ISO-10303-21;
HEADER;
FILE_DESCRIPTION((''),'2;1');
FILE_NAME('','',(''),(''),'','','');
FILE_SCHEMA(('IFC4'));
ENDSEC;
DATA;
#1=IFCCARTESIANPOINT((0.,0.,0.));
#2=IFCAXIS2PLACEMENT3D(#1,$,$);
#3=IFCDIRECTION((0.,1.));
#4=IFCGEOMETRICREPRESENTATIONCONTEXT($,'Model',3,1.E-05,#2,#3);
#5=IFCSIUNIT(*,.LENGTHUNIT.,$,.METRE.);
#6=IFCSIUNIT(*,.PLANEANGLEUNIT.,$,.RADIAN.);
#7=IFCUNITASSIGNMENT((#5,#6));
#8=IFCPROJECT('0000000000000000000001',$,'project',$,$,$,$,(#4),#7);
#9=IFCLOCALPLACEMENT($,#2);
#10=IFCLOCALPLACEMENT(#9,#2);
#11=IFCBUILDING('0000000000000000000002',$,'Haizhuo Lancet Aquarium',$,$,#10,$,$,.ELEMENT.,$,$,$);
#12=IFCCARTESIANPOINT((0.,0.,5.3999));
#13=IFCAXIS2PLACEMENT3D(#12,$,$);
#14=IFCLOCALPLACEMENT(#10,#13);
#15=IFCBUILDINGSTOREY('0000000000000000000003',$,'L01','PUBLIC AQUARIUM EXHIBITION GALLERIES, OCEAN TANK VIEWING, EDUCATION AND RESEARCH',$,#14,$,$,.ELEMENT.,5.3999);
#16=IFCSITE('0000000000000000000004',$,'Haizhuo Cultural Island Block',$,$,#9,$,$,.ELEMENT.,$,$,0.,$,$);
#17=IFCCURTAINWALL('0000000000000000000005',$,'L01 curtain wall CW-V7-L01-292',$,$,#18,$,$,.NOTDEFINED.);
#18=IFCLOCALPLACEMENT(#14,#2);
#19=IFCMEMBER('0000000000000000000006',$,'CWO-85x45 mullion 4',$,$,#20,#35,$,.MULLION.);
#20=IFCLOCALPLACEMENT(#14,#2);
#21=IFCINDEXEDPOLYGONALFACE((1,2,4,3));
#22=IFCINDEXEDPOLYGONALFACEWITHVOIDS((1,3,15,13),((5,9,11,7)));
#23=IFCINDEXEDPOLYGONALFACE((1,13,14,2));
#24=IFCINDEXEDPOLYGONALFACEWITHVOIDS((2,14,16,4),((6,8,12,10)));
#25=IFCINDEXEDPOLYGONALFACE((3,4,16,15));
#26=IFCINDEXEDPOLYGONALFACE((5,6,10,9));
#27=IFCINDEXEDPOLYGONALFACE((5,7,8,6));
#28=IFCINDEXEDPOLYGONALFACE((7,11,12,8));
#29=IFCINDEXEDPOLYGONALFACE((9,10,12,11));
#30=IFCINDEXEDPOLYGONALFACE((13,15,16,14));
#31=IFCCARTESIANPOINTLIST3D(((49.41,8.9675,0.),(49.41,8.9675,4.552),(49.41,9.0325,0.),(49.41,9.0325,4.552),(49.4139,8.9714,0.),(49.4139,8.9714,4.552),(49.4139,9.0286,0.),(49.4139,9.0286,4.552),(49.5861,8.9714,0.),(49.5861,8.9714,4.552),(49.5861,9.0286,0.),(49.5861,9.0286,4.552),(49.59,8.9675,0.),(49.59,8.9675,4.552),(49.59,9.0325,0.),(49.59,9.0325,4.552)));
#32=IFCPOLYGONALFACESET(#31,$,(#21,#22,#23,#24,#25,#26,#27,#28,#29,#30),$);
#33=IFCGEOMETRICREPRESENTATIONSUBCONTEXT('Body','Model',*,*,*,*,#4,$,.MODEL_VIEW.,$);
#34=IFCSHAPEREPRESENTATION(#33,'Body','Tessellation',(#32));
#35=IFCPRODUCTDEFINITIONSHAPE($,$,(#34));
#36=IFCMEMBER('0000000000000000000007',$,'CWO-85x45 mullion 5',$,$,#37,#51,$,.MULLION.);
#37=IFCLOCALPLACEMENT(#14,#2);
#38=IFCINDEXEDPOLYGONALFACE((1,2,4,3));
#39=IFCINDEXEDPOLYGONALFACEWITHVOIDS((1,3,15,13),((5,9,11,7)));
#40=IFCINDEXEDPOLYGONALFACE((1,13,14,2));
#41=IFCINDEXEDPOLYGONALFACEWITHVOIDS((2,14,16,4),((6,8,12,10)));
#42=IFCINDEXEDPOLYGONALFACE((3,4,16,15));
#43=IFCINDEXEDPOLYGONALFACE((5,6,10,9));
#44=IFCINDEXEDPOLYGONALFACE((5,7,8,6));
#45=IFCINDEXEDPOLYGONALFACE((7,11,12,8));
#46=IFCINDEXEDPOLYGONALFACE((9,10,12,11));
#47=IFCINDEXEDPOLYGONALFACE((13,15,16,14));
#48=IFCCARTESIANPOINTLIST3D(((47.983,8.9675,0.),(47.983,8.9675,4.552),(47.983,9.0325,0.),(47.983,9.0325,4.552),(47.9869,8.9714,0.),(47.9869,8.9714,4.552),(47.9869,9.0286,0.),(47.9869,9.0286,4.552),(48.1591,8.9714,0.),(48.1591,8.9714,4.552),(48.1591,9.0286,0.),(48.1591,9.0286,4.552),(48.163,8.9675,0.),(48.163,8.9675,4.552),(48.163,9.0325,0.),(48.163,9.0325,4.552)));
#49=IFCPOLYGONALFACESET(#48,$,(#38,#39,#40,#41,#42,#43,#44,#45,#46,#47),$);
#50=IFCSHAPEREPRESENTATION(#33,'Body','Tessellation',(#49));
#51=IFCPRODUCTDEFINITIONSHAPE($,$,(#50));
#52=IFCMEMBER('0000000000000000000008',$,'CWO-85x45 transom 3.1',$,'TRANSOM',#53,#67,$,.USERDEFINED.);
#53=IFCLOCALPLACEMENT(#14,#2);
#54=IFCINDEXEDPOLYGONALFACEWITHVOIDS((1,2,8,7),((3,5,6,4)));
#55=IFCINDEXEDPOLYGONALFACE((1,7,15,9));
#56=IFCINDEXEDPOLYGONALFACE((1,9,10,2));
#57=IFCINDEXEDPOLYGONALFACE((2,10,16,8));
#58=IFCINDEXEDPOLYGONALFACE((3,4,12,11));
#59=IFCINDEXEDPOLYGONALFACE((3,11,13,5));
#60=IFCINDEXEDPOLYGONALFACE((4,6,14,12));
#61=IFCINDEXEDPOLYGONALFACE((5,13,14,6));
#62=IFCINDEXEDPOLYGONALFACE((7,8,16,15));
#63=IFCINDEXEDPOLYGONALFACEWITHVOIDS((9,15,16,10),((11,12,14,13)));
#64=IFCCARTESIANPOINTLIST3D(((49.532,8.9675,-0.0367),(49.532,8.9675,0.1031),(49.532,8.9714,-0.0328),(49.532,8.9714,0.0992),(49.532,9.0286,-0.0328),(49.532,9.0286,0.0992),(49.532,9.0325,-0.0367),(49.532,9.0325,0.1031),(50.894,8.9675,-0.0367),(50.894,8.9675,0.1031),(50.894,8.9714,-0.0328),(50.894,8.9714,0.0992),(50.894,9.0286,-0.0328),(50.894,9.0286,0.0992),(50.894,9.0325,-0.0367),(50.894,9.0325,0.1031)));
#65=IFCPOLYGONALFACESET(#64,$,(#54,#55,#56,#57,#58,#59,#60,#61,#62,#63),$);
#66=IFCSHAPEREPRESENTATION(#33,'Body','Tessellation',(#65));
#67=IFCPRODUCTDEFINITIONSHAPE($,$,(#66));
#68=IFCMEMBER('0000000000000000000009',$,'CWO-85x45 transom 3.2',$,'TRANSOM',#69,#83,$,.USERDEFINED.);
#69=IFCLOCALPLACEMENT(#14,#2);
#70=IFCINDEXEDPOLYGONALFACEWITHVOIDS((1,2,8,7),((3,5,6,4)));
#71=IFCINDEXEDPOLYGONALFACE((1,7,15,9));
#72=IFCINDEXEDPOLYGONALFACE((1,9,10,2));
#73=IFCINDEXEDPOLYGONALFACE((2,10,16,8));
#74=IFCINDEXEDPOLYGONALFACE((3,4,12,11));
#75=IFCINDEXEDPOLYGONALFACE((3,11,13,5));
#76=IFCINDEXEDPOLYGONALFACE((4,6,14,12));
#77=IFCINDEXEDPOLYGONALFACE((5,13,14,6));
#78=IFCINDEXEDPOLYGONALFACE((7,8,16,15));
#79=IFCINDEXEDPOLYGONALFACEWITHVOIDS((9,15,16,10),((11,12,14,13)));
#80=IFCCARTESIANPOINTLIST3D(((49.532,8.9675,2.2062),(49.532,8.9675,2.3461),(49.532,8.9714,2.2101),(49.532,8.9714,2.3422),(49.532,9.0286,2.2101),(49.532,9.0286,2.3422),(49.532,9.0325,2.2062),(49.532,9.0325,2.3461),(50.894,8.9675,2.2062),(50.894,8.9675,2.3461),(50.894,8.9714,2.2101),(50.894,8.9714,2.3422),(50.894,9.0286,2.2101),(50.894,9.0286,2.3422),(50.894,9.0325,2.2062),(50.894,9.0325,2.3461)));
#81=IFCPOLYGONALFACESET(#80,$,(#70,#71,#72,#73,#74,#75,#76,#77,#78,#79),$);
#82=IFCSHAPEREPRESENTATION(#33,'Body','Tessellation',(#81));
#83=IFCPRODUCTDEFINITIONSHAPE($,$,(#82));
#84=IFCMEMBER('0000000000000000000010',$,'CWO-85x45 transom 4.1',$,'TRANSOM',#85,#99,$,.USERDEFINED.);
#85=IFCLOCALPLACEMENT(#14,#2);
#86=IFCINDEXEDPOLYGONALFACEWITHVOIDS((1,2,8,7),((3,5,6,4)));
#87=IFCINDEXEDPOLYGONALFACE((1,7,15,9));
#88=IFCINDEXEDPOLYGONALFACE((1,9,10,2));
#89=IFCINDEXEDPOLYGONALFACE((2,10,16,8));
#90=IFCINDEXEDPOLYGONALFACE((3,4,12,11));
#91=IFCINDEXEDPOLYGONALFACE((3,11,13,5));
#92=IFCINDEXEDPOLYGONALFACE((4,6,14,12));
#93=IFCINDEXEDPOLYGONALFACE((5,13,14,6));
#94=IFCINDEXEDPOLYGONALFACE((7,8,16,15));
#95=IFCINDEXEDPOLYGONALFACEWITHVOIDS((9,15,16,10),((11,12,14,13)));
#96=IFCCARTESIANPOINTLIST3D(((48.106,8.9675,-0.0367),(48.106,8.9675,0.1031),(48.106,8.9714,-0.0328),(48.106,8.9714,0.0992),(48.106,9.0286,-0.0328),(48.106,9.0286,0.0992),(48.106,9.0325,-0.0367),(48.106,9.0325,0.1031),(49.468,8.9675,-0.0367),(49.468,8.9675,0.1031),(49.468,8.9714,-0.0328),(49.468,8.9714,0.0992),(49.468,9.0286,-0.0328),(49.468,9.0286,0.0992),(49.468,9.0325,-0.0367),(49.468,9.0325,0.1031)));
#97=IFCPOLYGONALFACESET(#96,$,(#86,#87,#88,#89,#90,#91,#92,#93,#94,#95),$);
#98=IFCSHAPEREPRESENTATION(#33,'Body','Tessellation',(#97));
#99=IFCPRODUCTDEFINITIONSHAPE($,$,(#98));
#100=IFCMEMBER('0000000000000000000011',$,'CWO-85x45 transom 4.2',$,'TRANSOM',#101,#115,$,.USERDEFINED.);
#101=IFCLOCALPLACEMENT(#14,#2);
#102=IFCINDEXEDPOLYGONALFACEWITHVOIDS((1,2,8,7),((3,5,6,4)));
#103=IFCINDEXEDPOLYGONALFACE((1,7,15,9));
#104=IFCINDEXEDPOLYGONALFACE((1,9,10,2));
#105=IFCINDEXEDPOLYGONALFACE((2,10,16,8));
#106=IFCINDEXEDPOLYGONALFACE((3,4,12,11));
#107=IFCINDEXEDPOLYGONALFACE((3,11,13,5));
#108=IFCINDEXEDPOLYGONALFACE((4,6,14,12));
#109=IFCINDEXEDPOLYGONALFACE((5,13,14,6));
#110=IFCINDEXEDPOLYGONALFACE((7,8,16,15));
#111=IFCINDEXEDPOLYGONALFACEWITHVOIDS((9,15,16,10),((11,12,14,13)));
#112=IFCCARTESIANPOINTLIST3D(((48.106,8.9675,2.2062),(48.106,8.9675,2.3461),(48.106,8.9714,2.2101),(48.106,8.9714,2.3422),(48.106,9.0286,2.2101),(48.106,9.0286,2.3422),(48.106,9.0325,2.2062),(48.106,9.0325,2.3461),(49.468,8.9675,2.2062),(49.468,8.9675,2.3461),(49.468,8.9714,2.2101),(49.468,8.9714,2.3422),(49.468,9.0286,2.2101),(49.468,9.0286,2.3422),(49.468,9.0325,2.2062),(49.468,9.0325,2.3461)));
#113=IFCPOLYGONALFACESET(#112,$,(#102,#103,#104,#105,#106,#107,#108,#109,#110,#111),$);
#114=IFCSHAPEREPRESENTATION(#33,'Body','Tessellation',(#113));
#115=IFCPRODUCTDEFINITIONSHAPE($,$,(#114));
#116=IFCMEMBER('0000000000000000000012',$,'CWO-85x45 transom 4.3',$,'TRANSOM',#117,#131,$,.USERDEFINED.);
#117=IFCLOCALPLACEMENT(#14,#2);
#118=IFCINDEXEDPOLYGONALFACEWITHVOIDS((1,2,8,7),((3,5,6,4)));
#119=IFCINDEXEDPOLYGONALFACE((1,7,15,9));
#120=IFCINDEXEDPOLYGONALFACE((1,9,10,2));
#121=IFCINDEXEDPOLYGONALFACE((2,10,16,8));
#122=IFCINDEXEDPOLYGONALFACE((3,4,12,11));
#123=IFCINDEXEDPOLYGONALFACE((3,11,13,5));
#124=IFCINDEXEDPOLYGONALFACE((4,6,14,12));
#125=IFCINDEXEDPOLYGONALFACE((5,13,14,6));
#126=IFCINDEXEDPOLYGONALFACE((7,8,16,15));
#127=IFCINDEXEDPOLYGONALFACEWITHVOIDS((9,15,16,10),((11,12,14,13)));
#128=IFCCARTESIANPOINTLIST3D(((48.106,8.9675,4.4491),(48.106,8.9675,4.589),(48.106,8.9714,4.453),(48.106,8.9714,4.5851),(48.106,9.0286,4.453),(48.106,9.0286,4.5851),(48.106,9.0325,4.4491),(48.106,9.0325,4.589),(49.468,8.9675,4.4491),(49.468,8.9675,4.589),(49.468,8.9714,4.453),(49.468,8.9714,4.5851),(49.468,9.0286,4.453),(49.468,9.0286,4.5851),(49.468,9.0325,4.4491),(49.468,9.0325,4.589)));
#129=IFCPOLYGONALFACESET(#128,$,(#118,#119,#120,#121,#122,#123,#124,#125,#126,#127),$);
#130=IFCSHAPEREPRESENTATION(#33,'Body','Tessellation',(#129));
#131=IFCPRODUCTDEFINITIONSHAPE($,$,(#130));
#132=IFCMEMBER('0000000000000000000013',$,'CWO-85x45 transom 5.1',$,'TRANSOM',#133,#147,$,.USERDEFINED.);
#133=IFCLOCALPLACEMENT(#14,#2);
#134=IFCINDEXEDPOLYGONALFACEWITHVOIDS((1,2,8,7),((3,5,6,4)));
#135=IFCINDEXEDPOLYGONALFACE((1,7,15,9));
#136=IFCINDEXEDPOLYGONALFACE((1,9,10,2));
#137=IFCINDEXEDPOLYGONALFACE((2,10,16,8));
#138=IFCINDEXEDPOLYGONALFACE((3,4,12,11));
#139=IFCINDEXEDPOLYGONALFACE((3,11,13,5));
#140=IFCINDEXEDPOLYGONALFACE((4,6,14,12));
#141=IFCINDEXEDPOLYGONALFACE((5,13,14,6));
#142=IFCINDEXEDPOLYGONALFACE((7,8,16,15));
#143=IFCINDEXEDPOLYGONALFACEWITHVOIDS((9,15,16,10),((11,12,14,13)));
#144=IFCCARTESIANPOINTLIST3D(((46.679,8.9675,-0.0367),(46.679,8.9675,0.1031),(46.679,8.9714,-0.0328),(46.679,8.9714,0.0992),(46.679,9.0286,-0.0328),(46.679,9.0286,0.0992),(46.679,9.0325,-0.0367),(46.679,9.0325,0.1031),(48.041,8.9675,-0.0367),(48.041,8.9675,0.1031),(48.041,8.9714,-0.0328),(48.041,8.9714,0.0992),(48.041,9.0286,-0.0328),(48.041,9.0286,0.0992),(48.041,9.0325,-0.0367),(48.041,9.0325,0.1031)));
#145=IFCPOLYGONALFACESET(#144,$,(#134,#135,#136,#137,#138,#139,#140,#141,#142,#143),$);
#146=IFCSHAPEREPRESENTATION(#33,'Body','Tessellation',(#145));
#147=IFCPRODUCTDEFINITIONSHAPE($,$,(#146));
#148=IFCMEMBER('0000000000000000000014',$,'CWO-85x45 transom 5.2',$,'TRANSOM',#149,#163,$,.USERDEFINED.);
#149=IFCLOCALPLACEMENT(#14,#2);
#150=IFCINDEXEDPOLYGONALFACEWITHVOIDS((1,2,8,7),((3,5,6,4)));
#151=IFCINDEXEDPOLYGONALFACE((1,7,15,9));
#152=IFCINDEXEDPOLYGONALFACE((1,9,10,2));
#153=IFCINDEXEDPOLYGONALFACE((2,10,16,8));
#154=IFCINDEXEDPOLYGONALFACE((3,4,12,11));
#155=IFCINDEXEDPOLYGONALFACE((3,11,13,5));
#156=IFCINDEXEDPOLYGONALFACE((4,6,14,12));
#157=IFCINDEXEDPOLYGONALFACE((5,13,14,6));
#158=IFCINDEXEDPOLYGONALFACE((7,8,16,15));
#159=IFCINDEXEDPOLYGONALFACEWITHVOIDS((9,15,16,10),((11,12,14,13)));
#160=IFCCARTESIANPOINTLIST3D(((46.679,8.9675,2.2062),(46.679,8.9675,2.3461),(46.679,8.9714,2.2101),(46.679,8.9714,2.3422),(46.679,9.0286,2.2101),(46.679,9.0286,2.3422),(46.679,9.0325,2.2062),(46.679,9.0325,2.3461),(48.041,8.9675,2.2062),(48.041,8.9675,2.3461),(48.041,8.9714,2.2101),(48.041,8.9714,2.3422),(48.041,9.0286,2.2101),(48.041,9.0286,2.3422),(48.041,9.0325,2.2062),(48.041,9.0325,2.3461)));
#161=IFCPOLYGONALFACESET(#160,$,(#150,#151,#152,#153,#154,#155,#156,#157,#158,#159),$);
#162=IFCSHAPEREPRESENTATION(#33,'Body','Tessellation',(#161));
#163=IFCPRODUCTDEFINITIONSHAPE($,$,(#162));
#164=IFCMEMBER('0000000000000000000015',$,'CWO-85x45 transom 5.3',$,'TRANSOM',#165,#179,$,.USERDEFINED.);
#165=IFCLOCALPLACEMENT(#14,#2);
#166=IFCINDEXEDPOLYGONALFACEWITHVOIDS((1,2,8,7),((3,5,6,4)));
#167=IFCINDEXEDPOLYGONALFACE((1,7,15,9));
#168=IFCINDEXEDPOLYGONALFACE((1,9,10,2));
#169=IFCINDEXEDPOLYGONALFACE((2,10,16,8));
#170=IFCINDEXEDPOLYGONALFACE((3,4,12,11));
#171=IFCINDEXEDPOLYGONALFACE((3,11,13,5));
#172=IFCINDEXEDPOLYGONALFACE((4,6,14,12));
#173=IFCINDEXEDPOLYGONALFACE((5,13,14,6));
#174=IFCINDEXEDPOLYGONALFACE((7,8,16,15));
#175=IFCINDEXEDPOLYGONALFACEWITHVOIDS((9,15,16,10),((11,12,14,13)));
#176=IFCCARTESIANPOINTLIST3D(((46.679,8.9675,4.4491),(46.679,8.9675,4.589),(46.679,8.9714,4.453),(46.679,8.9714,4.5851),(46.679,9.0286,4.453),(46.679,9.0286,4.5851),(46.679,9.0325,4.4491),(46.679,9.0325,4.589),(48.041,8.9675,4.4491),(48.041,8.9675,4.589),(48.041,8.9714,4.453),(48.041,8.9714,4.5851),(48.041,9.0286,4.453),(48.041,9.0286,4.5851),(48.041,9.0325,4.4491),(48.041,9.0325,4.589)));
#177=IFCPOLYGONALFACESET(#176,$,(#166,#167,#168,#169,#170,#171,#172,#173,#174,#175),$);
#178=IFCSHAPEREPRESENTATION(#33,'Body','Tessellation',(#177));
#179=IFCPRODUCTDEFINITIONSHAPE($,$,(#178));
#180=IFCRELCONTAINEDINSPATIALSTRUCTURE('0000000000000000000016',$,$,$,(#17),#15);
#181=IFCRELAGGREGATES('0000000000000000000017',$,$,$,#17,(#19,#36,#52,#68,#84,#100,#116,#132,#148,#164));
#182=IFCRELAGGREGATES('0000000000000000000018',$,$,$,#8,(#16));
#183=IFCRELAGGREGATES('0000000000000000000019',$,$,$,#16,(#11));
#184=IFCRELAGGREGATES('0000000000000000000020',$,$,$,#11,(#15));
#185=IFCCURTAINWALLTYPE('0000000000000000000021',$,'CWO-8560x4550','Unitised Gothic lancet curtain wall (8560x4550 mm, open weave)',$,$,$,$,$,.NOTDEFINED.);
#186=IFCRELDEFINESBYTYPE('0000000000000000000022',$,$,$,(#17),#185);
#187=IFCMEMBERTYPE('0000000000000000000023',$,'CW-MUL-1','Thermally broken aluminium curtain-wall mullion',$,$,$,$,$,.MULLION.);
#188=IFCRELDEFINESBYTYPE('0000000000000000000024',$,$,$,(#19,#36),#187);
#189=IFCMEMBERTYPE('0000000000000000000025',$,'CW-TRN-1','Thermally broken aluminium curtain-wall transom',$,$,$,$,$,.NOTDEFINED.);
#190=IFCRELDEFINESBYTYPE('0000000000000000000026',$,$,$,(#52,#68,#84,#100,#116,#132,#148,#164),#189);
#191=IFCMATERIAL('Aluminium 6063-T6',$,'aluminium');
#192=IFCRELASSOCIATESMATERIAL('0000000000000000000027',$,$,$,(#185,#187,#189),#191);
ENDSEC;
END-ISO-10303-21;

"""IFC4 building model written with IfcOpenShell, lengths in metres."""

from ifc_helpers import new_model, si_unit, direction, frame, origin, origin_2d, place, context, subcontext, project, spatial, hollow_rectangle, extrude, material, material_profile, profile_set, type_object, element, aggregate, save


model = new_model("IFC4")

# Units and contexts
model_context = context("Model", 3, precision=1e-05, world=origin(), true_north=direction((0.0, 1.0)))
body_context = subcontext(model_context, "Body", "Model", "MODEL_VIEW")
ifc_project = project(units=[si_unit("LENGTHUNIT", "METRE"), si_unit("PLANEANGLEUNIT", "RADIAN")], contexts=[model_context])

# Site, building, storey
site_placement = place(None, origin())
site = spatial("IfcSite", under=ifc_project, at=site_placement, Name="Haizhuo Cultural Island Block", CompositionType="ELEMENT", RefElevation=0.0)
building_placement = place(site_placement, origin())
building = spatial("IfcBuilding", under=site, at=building_placement, Name="Haizhuo Lancet Aquarium", CompositionType="ELEMENT")
storey_placement = place(building_placement, frame((0.0, 0.0, 5.3999)))
storey = spatial("IfcBuildingStorey", under=building, at=storey_placement, Name="L01", Description="PUBLIC AQUARIUM EXHIBITION GALLERIES, OCEAN TANK VIEWING, EDUCATION AND RESEARCH", CompositionType="ELEMENT", Elevation=5.3999)

# Curtain wall, members
ifc_material_1 = material(Name="Aluminium 6063-T6", Category="aluminium")
curtain_wall_type = type_object("IfcCurtainWallType", Name="CWO-8560x4550", Description="Unitised Gothic lancet curtain wall (8560x4550 mm, open weave)", PredefinedType="NOTDEFINED", material=ifc_material_1)
curtain_wall_placement = place(storey_placement, origin())
curtain_wall = element("IfcCurtainWall", 1, at=curtain_wall_placement, inside=storey, type_object=curtain_wall_type, Name="L01 curtain wall CW-V7-L01-292", PredefinedType="NOTDEFINED")
ifc_material_profile_1 = material_profile(ifc_material_1, hollow_rectangle(XDim=0.0649, YDim=0.1799, WallThickness=0.0039, at=origin_2d()), Name="ALU-M 65x180x4")
ifc_profile_set_1 = profile_set([ifc_material_profile_1], Name="Aluminium 6063-T6")
member_type_1 = type_object("IfcMemberType", Name="CW-MUL-1", Description="Thermally broken aluminium curtain-wall mullion", PredefinedType="MULLION", material=ifc_profile_set_1)
member_1_placement = place(storey_placement, frame((49.5, 9.0, 0.0), z_axis=(0.0, 0.0, 1.0), x_axis=(0.0, -1.0, 0.0)))
member_1 = element("IfcMember", 2, at=member_1_placement, type_object=member_type_1, Name="CWO-85x45 mullion 4", PredefinedType="MULLION", context=body_context, shape_type="SweptSolid", body=[
    extrude(hollow_rectangle(XDim=0.0649, YDim=0.1799, WallThickness=0.0039, at=origin_2d()), origin(), (0.0, 0.0, 1.0), 4.552),
])
member_2_placement = place(storey_placement, frame((48.073, 9.0, 0.0), z_axis=(0.0, 0.0, 1.0), x_axis=(0.0, -1.0, 0.0)))
member_2 = element("IfcMember", 3, at=member_2_placement, type_object=member_type_1, Name="CWO-85x45 mullion 5", PredefinedType="MULLION", context=body_context, shape_type="SweptSolid", body=[
    extrude(hollow_rectangle(XDim=0.0649, YDim=0.1799, WallThickness=0.0039, at=origin_2d()), origin(), (0.0, 0.0, 1.0), 4.552),
])
ifc_material_profile_2 = material_profile(ifc_material_1, hollow_rectangle(XDim=0.0649, YDim=0.1399, WallThickness=0.0039, at=origin_2d()), Name="ALU-T 65x140x4")
ifc_profile_set_2 = profile_set([ifc_material_profile_2], Name="Aluminium 6063-T6")
member_type_2 = type_object("IfcMemberType", Name="CW-TRN-1", Description="Thermally broken aluminium curtain-wall transom", PredefinedType="NOTDEFINED", material=ifc_profile_set_2)
member_3_placement = place(storey_placement, frame((50.894, 9.0, 0.0332), z_axis=(-1.0, 0.0, 0.0), x_axis=(0.0, -1.0, 0.0)))
member_3 = element("IfcMember", 4, at=member_3_placement, type_object=member_type_2, Name="CWO-85x45 transom 3.1", ObjectType="TRANSOM", PredefinedType="USERDEFINED", context=body_context, shape_type="SweptSolid", body=[
    extrude(hollow_rectangle(XDim=0.0649, YDim=0.1399, WallThickness=0.0039, at=origin_2d()), origin(), (0.0, 0.0, 1.0), 1.3621),
])
member_4_placement = place(storey_placement, frame((50.894, 9.0, 2.2761), z_axis=(-1.0, 0.0, 0.0), x_axis=(0.0, -1.0, 0.0)))
member_4 = element("IfcMember", 5, at=member_4_placement, type_object=member_type_2, Name="CWO-85x45 transom 3.2", ObjectType="TRANSOM", PredefinedType="USERDEFINED", context=body_context, shape_type="SweptSolid", body=[
    extrude(hollow_rectangle(XDim=0.0649, YDim=0.1399, WallThickness=0.0039, at=origin_2d()), origin(), (0.0, 0.0, 1.0), 1.3621),
])
member_5_placement = place(storey_placement, frame((49.468, 9.0, 0.0332), z_axis=(-1.0, 0.0, 0.0), x_axis=(0.0, -1.0, 0.0)))
member_5 = element("IfcMember", 6, at=member_5_placement, type_object=member_type_2, Name="CWO-85x45 transom 4.1", ObjectType="TRANSOM", PredefinedType="USERDEFINED", context=body_context, shape_type="SweptSolid", body=[
    extrude(hollow_rectangle(XDim=0.0649, YDim=0.1399, WallThickness=0.0039, at=origin_2d()), origin(), (0.0, 0.0, 1.0), 1.3621),
])
member_6_placement = place(storey_placement, frame((49.468, 9.0, 2.2761), z_axis=(-1.0, 0.0, 0.0), x_axis=(0.0, -1.0, 0.0)))
member_6 = element("IfcMember", 7, at=member_6_placement, type_object=member_type_2, Name="CWO-85x45 transom 4.2", ObjectType="TRANSOM", PredefinedType="USERDEFINED", context=body_context, shape_type="SweptSolid", body=[
    extrude(hollow_rectangle(XDim=0.0649, YDim=0.1399, WallThickness=0.0039, at=origin_2d()), origin(), (0.0, 0.0, 1.0), 1.3621),
])
member_7_placement = place(storey_placement, frame((49.468, 9.0, 4.519), z_axis=(-1.0, 0.0, 0.0), x_axis=(0.0, -1.0, 0.0)))
member_7 = element("IfcMember", 8, at=member_7_placement, type_object=member_type_2, Name="CWO-85x45 transom 4.3", ObjectType="TRANSOM", PredefinedType="USERDEFINED", context=body_context, shape_type="SweptSolid", body=[
    extrude(hollow_rectangle(XDim=0.0649, YDim=0.1399, WallThickness=0.0039, at=origin_2d()), origin(), (0.0, 0.0, 1.0), 1.3621),
])
member_8_placement = place(storey_placement, frame((48.041, 9.0, 0.0332), z_axis=(-1.0, 0.0, 0.0), x_axis=(0.0, -1.0, 0.0)))
member_8 = element("IfcMember", 9, at=member_8_placement, type_object=member_type_2, Name="CWO-85x45 transom 5.1", ObjectType="TRANSOM", PredefinedType="USERDEFINED", context=body_context, shape_type="SweptSolid", body=[
    extrude(hollow_rectangle(XDim=0.0649, YDim=0.1399, WallThickness=0.0039, at=origin_2d()), origin(), (0.0, 0.0, 1.0), 1.3621),
])
member_9_placement = place(storey_placement, frame((48.041, 9.0, 2.2761), z_axis=(-1.0, 0.0, 0.0), x_axis=(0.0, -1.0, 0.0)))
member_9 = element("IfcMember", 10, at=member_9_placement, type_object=member_type_2, Name="CWO-85x45 transom 5.2", ObjectType="TRANSOM", PredefinedType="USERDEFINED", context=body_context, shape_type="SweptSolid", body=[
    extrude(hollow_rectangle(XDim=0.0649, YDim=0.1399, WallThickness=0.0039, at=origin_2d()), origin(), (0.0, 0.0, 1.0), 1.3621),
])
member_10_placement = place(storey_placement, frame((48.041, 9.0, 4.519), z_axis=(-1.0, 0.0, 0.0), x_axis=(0.0, -1.0, 0.0)))
member_10 = element("IfcMember", 11, at=member_10_placement, type_object=member_type_2, Name="CWO-85x45 transom 5.3", ObjectType="TRANSOM", PredefinedType="USERDEFINED", context=body_context, shape_type="SweptSolid", body=[
    extrude(hollow_rectangle(XDim=0.0649, YDim=0.1399, WallThickness=0.0039, at=origin_2d()), origin(), (0.0, 0.0, 1.0), 1.3621),
])

aggregate(curtain_wall, [member_1, member_2, member_3, member_4, member_5, member_6, member_7, member_8, member_9, member_10])

save(model, "model.ifc")
